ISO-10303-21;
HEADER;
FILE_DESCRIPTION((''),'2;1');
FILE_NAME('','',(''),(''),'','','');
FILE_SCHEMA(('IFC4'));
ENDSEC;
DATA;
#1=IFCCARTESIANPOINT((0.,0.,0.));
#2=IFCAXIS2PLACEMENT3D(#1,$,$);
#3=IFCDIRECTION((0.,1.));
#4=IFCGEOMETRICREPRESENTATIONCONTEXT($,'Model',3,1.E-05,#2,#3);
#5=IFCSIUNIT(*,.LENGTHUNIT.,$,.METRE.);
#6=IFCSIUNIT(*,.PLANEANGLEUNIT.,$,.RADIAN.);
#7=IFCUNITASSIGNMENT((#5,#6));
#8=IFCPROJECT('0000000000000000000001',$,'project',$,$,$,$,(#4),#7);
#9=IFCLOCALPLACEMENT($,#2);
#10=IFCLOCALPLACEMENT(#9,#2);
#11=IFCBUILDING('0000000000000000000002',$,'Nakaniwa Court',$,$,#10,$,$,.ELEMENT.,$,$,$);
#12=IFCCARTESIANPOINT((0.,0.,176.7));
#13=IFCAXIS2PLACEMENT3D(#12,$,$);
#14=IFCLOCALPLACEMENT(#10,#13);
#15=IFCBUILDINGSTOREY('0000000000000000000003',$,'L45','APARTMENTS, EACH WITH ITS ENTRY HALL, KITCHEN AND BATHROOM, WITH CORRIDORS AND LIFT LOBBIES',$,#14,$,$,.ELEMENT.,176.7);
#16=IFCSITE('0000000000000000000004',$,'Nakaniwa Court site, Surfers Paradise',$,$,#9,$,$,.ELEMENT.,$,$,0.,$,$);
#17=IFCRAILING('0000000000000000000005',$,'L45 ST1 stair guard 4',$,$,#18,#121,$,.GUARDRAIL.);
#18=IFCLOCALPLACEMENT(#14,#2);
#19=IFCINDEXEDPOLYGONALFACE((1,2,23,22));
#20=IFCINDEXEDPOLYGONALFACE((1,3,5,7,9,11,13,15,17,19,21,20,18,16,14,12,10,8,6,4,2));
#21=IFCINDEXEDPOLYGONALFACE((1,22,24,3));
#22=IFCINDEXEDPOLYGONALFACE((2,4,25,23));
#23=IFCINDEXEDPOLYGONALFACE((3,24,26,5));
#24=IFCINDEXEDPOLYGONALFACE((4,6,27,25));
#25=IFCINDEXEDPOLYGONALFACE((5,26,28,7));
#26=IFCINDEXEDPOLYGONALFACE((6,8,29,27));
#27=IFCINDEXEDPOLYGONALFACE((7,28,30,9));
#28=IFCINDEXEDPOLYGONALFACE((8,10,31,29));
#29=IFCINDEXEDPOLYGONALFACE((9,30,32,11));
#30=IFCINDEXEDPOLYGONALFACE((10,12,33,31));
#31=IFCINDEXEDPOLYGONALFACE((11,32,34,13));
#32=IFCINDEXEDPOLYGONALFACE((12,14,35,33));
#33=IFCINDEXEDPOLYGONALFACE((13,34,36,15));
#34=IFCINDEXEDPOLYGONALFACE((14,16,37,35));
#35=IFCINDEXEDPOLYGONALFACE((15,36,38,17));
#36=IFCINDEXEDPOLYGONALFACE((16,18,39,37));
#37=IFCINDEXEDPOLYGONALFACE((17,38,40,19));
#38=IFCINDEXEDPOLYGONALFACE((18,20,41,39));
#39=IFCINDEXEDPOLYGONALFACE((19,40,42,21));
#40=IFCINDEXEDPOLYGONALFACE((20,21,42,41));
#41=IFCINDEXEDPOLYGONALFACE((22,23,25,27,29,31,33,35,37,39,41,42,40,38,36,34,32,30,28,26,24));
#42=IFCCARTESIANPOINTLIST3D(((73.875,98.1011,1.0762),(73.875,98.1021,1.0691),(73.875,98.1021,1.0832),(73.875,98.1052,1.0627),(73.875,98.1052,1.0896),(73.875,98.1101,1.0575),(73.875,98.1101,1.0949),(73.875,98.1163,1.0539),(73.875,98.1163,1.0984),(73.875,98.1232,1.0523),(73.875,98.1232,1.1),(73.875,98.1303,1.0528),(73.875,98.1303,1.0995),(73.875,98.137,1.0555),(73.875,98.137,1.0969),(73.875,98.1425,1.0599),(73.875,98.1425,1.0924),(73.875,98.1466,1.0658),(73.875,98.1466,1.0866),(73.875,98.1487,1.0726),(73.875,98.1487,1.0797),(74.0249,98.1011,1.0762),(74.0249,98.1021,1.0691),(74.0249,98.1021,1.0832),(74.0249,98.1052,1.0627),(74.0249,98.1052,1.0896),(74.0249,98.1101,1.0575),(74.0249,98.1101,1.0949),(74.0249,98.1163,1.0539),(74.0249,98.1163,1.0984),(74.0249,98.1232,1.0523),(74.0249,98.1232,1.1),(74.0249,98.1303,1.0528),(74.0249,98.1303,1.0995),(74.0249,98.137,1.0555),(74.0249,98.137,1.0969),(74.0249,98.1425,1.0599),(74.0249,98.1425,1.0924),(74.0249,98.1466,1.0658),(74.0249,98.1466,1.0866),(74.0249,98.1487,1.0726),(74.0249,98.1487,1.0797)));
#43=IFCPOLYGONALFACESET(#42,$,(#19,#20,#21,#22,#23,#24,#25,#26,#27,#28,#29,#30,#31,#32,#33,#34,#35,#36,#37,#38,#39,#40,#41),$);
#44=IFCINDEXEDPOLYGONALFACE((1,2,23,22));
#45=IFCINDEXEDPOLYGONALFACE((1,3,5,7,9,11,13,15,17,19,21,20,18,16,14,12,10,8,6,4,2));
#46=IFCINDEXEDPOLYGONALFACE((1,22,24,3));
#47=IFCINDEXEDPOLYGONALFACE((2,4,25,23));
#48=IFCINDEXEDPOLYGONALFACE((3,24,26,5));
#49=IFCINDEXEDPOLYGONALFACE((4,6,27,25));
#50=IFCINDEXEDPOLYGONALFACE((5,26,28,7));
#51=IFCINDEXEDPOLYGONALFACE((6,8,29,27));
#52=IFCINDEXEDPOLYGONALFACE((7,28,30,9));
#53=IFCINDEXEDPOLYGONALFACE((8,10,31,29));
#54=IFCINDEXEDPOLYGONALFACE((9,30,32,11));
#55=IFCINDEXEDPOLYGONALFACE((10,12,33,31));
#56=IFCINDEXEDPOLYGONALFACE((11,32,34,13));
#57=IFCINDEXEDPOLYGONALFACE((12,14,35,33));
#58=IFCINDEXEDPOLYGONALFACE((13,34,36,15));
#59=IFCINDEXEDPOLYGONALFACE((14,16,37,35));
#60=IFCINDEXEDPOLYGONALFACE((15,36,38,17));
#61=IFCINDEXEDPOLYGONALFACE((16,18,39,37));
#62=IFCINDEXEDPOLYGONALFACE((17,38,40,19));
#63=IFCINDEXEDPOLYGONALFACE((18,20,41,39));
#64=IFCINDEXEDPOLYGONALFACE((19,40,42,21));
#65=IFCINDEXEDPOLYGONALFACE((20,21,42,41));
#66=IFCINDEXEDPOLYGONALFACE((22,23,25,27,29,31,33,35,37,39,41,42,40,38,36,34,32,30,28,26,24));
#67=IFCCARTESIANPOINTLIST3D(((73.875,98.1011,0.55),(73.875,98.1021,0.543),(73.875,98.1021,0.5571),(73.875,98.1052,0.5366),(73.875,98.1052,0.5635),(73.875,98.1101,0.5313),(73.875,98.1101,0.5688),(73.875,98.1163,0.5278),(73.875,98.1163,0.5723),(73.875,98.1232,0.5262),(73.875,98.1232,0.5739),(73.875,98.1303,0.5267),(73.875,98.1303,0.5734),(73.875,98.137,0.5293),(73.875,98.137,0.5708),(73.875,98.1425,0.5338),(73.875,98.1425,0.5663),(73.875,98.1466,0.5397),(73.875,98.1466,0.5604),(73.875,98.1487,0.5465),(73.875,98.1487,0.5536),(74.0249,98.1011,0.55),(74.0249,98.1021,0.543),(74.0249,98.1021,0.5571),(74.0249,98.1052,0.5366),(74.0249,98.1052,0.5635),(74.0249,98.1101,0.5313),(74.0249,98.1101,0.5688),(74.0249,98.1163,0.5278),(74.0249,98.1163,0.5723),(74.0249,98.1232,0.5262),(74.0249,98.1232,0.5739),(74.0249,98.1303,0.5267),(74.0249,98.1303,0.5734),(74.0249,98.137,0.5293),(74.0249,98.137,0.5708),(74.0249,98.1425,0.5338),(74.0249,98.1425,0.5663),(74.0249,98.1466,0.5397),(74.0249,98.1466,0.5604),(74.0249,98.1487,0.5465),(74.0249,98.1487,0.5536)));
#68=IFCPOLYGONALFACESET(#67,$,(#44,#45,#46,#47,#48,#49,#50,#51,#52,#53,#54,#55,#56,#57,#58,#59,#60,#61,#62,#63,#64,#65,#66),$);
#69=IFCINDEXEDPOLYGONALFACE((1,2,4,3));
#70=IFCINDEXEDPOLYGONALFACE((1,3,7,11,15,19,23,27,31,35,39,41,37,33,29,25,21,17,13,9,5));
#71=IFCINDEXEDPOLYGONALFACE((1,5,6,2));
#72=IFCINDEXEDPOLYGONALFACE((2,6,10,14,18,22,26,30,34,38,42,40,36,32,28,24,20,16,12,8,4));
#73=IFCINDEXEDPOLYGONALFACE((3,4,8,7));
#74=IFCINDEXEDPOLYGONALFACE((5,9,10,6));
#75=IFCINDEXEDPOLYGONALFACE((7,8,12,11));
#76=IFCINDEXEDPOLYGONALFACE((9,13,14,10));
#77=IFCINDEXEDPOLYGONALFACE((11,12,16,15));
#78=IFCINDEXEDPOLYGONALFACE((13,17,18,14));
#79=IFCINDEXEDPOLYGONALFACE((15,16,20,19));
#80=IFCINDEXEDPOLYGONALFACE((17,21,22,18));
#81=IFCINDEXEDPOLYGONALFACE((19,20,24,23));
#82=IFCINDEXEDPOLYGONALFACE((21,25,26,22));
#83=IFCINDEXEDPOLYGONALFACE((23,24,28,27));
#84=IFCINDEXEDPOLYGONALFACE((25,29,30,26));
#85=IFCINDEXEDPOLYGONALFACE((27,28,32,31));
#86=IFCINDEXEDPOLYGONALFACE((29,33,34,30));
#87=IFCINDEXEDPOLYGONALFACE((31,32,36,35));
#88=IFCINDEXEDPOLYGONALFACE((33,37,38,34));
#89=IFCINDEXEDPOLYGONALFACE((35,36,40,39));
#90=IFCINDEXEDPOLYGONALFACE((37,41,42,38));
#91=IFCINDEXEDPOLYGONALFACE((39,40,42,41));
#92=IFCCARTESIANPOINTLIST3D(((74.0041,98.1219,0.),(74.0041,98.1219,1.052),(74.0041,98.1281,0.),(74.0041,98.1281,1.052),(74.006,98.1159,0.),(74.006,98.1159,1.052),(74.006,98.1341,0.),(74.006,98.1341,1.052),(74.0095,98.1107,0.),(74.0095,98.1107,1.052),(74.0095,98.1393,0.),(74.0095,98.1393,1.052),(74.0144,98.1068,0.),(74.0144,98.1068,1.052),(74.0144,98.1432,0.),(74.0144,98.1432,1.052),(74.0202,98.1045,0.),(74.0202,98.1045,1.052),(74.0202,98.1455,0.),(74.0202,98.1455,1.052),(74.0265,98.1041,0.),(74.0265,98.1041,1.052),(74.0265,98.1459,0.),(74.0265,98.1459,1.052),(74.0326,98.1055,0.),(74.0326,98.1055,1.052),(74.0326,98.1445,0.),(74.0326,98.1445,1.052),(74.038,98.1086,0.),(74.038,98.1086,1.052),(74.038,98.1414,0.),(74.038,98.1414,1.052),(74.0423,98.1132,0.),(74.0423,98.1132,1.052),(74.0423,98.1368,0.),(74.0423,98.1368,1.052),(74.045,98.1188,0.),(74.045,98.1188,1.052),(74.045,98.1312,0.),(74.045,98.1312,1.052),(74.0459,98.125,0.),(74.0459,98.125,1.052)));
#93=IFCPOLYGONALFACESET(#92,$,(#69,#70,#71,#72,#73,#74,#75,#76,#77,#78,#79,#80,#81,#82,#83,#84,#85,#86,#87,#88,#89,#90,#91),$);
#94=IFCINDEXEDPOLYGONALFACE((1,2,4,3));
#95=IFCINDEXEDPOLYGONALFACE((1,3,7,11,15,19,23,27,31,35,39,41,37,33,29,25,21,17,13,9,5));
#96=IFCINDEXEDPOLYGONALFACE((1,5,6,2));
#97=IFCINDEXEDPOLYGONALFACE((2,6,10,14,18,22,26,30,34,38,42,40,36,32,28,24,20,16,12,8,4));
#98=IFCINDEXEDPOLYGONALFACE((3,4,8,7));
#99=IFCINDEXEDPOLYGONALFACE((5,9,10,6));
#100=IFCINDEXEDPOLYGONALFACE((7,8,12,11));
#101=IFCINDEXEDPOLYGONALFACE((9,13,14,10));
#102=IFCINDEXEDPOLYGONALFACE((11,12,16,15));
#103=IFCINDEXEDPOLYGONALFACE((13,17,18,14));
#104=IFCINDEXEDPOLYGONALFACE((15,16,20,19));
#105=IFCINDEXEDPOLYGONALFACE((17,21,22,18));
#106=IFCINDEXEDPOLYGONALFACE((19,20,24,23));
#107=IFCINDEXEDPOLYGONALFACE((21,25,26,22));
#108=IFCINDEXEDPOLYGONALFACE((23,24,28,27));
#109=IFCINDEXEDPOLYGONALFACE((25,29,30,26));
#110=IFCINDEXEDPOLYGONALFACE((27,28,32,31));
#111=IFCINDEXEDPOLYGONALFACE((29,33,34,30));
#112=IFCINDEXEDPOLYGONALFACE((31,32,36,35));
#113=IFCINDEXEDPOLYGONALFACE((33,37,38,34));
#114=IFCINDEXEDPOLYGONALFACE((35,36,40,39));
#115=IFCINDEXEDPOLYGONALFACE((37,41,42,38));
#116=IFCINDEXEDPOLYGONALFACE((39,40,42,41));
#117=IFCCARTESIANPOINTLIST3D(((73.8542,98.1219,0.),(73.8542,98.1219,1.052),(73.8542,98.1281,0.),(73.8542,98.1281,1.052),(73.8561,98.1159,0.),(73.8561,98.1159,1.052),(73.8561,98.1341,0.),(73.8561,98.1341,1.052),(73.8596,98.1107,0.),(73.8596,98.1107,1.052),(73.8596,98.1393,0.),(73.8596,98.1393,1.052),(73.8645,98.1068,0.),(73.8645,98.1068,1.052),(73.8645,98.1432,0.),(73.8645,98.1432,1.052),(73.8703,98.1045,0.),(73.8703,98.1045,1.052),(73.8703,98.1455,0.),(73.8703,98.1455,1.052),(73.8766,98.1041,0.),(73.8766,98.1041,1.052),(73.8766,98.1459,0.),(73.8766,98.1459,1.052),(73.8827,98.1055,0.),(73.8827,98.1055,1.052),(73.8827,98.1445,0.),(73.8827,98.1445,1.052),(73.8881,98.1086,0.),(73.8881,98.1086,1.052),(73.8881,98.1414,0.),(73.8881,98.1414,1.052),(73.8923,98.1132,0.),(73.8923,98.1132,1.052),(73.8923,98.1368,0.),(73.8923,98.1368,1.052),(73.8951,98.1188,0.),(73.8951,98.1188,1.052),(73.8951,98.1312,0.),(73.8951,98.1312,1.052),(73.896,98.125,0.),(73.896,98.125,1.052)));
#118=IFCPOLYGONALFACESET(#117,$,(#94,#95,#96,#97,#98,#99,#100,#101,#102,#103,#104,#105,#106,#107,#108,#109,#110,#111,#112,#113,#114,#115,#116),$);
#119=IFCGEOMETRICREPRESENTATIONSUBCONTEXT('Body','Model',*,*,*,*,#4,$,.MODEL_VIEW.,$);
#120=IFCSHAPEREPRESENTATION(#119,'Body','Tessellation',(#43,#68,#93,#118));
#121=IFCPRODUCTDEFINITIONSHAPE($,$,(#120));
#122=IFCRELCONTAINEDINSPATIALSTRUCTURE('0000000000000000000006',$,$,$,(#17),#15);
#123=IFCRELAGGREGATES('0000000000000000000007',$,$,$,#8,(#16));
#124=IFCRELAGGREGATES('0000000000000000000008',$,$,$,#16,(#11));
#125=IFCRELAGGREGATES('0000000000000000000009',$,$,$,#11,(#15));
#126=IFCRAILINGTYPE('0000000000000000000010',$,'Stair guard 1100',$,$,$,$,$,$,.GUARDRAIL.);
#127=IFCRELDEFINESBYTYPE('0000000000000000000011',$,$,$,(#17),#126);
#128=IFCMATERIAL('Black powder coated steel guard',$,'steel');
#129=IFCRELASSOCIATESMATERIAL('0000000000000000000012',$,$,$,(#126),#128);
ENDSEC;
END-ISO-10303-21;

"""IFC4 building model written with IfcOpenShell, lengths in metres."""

from ifc_helpers import new_model, si_unit, direction, frame, origin, origin_2d, place, context, subcontext, project, spatial, circle, extrude, material, type_object, element, save


model = new_model("IFC4")

# Units and contexts
model_context = context("Model", 3, precision=1e-05, world=origin(), true_north=direction((0.0, 1.0)))
body_context = subcontext(model_context, "Body", "Model", "MODEL_VIEW")
ifc_project = project(units=[si_unit("LENGTHUNIT", "METRE"), si_unit("PLANEANGLEUNIT", "RADIAN")], contexts=[model_context])

# Site, building, storey
site_placement = place(None, origin())
site = spatial("IfcSite", under=ifc_project, at=site_placement, Name="Nakaniwa Court site, Surfers Paradise", CompositionType="ELEMENT", RefElevation=0.0)
building_placement = place(site_placement, origin())
building = spatial("IfcBuilding", under=site, at=building_placement, Name="Nakaniwa Court", CompositionType="ELEMENT")
storey_placement = place(building_placement, frame((0.0, 0.0, 176.7)))
storey = spatial("IfcBuildingStorey", under=building, at=storey_placement, Name="L45", Description="APARTMENTS, EACH WITH ITS ENTRY HALL, KITCHEN AND BATHROOM, WITH CORRIDORS AND LIFT LOBBIES", CompositionType="ELEMENT", Elevation=176.7)

# Railing
ifc_material_1 = material(Name="Black powder coated steel guard", Category="steel")
railing_type_1 = type_object("IfcRailingType", Name="Stair guard 1100", PredefinedType="GUARDRAIL", material=ifc_material_1)
railing_1_placement = place(storey_placement, frame((74.0249, 98.125, 0.0)))
element("IfcRailing", 1, at=railing_1_placement, inside=storey, type_object=railing_type_1, Name="L45 ST1 stair guard 4", PredefinedType="GUARDRAIL", context=body_context, shape_type="SweptSolid", body=[
    extrude(circle(Radius=0.0239, at=origin_2d()), frame((0.0, 0.0, 1.0762), z_axis=(-1.0, 0.0, 0.0), x_axis=(0.0, -1.0, 0.0)), (0.0, 0.0, 1.0), 0.1499),
    extrude(circle(Radius=0.0239, at=origin_2d()), frame((0.0, 0.0, 0.55), z_axis=(-1.0, 0.0, 0.0), x_axis=(0.0, -1.0, 0.0)), (0.0, 0.0, 1.0), 0.1499),
    extrude(circle(Radius=0.021, at=origin_2d()), origin(), (0.0, 0.0, 1.0), 1.052),
    extrude(circle(Radius=0.021, at=origin_2d()), frame((-0.1499, 0.0, 0.0)), (0.0, 0.0, 1.0), 1.052),
])

save(model, "model.ifc")
